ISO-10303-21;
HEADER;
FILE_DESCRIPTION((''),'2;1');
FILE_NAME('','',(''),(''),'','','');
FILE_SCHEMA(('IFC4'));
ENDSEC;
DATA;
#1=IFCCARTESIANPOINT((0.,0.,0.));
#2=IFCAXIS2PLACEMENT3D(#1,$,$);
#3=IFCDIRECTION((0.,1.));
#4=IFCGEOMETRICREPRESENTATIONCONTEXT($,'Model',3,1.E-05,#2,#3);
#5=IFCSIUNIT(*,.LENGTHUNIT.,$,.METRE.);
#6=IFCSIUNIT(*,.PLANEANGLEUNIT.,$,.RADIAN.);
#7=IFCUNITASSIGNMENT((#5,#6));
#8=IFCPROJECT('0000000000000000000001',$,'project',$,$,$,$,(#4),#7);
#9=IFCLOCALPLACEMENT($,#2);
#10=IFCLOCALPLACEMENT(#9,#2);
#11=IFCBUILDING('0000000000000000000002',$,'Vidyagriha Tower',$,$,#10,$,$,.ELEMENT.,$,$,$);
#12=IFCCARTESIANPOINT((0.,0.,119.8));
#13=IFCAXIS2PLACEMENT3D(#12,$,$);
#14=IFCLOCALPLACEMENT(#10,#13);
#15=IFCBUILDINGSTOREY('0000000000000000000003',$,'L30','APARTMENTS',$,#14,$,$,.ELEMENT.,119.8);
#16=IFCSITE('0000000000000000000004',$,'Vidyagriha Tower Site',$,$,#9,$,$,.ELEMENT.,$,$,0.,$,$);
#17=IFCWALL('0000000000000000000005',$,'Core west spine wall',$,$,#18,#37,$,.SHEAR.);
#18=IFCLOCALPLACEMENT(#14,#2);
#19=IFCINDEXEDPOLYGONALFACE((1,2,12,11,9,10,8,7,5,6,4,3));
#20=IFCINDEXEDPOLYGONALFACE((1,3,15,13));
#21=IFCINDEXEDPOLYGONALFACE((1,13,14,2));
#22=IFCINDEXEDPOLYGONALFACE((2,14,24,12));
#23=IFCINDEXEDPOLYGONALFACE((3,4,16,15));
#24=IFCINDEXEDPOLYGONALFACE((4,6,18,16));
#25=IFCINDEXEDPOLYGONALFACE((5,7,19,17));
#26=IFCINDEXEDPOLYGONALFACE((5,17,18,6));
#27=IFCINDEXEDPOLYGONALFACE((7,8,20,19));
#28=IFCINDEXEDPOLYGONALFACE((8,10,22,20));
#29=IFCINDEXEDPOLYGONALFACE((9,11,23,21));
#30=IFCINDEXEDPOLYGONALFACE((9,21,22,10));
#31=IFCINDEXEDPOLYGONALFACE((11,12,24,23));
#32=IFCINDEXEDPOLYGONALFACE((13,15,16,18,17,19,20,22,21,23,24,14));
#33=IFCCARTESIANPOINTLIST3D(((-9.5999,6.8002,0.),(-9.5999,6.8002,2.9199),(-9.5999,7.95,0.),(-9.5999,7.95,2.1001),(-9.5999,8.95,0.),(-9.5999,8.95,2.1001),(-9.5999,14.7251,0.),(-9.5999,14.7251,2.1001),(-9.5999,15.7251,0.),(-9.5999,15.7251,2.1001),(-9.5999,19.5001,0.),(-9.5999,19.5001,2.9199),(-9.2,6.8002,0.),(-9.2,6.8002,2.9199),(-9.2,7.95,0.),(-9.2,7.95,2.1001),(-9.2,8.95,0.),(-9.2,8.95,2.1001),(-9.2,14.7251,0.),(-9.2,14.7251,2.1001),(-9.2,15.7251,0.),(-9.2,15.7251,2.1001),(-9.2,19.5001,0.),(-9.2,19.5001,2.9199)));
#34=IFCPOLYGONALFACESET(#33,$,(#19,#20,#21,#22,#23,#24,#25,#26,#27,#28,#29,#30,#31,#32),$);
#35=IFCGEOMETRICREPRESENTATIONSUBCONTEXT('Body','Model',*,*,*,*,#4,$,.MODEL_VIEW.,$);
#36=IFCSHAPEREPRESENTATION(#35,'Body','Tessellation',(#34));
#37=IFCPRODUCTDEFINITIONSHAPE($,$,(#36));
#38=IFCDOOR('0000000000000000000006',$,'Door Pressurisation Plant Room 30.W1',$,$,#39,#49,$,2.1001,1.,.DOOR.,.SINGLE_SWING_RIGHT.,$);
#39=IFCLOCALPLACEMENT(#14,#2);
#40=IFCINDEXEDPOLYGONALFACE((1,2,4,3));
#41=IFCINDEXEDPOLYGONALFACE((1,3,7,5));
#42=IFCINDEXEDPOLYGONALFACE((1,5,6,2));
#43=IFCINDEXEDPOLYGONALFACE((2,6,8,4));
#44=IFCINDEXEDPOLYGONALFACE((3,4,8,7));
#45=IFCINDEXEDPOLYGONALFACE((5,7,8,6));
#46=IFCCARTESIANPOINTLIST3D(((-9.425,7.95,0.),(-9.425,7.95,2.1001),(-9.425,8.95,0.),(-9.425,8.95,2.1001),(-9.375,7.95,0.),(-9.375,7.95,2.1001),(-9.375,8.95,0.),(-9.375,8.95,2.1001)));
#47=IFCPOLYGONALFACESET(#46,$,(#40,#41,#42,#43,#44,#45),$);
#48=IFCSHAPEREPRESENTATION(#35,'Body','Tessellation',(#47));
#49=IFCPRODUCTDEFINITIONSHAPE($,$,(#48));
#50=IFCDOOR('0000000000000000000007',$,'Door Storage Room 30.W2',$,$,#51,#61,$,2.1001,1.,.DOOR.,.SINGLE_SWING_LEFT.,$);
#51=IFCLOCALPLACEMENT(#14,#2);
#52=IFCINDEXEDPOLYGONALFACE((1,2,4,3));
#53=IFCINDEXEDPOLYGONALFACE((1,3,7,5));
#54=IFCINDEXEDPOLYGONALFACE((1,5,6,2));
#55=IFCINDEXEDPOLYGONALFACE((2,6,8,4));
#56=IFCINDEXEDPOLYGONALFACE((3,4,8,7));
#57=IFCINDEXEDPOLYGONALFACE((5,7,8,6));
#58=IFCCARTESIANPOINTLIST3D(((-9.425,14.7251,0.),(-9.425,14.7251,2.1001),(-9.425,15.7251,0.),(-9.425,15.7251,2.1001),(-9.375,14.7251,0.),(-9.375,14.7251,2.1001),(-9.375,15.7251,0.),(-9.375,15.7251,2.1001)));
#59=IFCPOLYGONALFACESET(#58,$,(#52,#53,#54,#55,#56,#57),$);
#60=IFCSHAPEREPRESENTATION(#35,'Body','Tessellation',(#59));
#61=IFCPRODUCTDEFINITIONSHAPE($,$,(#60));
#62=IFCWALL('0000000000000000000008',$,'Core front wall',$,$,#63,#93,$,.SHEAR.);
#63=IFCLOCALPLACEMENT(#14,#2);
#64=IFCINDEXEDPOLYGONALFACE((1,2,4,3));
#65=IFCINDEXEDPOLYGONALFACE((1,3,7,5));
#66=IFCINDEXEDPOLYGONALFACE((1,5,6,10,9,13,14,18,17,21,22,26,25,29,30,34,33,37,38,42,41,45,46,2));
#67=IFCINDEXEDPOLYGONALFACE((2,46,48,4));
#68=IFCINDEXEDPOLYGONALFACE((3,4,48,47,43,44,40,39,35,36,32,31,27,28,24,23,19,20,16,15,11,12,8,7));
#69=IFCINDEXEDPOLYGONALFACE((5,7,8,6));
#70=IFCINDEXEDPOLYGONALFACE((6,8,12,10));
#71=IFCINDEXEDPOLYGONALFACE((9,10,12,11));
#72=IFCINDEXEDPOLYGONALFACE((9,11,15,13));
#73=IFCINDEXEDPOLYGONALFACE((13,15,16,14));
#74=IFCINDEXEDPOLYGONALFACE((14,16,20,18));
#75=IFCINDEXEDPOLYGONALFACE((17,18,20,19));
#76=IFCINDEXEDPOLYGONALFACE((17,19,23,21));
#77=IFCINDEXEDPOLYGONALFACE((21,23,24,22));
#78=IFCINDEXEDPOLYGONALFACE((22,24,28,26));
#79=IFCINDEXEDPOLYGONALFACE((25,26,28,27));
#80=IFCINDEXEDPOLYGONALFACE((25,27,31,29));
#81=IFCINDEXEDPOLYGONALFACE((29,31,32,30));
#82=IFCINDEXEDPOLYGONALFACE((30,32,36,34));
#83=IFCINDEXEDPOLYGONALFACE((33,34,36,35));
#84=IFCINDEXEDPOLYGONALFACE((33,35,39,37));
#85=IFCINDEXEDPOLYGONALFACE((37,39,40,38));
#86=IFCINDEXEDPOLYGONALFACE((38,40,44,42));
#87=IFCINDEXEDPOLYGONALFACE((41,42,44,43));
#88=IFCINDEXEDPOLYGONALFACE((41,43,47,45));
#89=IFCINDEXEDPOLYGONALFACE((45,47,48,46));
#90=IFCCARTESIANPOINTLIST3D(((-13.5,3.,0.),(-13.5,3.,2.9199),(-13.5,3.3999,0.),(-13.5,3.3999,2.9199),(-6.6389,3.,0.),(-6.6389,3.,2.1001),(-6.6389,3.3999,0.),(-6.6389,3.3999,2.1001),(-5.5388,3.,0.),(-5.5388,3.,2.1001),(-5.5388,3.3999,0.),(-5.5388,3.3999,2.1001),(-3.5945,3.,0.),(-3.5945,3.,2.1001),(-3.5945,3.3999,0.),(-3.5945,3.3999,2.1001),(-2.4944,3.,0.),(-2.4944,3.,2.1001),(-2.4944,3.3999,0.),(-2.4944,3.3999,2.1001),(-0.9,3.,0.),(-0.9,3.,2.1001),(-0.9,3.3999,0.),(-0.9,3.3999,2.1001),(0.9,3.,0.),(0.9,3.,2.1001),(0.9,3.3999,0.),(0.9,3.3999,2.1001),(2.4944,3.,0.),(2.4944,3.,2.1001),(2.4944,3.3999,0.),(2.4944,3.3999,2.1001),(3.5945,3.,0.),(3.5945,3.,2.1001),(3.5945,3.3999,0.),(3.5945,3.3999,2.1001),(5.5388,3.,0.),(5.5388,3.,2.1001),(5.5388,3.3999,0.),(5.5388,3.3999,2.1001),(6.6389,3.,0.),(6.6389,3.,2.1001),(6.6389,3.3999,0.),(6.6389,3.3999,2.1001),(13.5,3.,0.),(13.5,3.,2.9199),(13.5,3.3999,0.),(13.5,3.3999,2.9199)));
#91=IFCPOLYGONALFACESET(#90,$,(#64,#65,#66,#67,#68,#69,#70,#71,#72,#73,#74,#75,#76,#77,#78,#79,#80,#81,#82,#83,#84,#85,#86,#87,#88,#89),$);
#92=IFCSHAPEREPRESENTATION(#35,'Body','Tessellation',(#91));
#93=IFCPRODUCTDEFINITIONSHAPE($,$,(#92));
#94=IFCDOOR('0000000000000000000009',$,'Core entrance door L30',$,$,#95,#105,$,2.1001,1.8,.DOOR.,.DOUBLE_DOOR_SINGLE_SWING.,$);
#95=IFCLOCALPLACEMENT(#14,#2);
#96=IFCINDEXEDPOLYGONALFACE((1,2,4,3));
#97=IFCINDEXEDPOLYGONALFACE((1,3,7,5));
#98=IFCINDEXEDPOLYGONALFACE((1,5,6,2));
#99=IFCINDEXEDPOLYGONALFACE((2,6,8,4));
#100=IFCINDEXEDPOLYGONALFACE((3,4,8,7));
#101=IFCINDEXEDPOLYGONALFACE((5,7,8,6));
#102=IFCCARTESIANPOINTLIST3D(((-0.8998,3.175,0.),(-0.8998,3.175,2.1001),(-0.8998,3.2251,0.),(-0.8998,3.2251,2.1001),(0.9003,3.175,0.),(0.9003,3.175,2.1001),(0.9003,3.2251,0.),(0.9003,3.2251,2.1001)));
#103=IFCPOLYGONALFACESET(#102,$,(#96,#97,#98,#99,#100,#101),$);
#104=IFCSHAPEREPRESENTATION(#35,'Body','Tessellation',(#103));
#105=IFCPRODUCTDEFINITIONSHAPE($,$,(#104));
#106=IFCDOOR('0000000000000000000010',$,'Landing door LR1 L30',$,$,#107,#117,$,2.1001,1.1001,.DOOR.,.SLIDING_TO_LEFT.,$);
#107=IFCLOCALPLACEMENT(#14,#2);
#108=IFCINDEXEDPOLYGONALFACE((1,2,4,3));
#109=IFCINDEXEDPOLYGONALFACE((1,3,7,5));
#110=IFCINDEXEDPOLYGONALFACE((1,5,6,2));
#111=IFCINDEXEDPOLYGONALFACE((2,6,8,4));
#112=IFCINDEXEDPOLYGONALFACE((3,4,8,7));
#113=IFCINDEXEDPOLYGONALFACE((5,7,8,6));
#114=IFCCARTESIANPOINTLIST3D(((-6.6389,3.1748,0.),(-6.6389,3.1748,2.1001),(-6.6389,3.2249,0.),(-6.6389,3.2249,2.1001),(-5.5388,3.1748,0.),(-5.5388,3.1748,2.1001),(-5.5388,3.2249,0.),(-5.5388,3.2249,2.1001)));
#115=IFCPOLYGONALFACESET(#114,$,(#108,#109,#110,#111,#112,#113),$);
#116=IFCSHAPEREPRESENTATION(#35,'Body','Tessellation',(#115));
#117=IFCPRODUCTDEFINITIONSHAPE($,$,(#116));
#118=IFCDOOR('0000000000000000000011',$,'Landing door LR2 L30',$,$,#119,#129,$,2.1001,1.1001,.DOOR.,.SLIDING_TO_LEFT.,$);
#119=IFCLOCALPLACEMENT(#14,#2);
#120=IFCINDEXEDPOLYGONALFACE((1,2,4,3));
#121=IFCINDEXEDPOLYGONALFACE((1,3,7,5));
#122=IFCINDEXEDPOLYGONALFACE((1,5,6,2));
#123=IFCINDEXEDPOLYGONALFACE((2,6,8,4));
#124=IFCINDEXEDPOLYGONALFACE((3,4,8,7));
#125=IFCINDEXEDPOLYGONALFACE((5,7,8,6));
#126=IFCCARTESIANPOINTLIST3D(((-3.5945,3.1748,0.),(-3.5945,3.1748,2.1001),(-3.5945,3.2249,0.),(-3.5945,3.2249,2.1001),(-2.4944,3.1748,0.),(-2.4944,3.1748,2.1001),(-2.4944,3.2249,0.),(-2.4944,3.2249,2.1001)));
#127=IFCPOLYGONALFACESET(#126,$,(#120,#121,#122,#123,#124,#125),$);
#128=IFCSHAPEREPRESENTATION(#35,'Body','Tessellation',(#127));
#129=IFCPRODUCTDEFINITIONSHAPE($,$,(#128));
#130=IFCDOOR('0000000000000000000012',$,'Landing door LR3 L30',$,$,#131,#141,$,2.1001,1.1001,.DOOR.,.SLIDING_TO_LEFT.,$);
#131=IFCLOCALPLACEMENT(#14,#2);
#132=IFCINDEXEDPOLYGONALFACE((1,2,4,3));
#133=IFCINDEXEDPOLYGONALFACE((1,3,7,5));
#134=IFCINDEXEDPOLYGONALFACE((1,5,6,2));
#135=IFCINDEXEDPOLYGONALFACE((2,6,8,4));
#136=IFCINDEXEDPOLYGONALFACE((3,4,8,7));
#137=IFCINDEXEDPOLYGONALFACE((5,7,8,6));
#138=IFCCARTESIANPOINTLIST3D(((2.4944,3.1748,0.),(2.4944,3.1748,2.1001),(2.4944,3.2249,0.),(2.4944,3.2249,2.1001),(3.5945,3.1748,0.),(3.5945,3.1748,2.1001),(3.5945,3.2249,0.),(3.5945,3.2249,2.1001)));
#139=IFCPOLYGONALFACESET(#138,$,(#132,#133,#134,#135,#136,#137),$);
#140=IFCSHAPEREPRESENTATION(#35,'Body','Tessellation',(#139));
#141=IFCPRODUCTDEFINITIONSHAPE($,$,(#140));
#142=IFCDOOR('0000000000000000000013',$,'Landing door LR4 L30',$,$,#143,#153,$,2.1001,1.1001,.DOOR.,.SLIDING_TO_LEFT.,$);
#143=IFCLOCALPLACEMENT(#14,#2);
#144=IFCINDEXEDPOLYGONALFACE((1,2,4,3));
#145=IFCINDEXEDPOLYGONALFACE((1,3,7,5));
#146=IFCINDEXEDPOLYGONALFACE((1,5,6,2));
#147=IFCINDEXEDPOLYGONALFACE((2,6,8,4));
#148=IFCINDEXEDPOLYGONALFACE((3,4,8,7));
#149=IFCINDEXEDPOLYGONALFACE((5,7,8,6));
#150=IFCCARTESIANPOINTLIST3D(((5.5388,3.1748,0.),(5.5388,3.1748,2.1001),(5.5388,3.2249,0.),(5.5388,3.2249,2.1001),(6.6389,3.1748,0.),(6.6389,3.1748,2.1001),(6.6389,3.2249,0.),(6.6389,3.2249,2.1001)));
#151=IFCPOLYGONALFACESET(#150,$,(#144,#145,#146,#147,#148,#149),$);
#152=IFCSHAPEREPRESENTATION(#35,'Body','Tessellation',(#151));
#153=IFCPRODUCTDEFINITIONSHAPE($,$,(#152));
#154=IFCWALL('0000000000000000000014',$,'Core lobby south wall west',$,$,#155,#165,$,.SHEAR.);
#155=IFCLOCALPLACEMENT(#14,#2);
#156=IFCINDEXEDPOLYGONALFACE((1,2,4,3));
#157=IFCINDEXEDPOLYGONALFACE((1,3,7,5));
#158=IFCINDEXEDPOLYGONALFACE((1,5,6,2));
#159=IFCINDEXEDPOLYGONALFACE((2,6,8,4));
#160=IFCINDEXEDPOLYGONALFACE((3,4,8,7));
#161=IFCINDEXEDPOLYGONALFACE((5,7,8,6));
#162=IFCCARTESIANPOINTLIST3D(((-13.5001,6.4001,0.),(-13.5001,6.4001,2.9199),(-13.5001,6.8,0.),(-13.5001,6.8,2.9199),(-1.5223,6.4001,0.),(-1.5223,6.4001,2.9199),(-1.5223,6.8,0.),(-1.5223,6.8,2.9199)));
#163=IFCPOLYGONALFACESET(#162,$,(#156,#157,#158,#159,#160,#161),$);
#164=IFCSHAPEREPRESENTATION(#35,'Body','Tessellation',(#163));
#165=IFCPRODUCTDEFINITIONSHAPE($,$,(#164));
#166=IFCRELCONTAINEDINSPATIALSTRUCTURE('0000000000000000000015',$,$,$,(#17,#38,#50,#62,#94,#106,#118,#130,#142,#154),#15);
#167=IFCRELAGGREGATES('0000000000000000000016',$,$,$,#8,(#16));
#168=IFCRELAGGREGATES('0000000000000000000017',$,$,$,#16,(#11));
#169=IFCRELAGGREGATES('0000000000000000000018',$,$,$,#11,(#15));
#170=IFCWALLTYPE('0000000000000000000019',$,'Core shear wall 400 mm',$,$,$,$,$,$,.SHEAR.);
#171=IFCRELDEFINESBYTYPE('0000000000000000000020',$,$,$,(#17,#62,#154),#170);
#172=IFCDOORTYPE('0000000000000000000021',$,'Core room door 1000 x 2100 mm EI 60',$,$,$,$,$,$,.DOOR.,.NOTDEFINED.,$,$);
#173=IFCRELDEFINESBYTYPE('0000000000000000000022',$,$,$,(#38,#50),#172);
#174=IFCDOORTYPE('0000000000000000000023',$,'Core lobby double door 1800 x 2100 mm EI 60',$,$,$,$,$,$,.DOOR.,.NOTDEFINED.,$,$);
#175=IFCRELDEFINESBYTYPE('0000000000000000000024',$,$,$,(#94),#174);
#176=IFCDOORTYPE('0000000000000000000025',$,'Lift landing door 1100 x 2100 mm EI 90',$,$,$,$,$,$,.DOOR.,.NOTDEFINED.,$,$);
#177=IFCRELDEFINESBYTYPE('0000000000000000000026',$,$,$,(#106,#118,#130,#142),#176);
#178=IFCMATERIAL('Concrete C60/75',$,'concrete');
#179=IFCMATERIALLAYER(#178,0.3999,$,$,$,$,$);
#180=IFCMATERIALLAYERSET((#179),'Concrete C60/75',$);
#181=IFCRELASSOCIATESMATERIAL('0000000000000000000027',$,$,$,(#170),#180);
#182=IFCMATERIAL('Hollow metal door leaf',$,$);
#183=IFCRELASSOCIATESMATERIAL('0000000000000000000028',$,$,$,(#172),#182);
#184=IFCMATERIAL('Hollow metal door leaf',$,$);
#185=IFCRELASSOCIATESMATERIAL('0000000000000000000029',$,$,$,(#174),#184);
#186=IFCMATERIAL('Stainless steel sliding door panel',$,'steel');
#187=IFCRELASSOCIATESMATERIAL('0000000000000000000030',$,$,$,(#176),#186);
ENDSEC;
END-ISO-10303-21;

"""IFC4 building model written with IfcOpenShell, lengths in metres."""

from ifc_helpers import new_model, si_unit, direction, frame, frame_2d, origin, place, context, subcontext, project, spatial, rectangle, extrude, material, layer, layer_set, type_object, element, fill, save


model = new_model("IFC4")

# Units and contexts
model_context = context("Model", 3, precision=1e-05, world=origin(), true_north=direction((0.0, 1.0)))
body_context = subcontext(model_context, "Body", "Model", "MODEL_VIEW")
ifc_project = project(units=[si_unit("LENGTHUNIT", "METRE"), si_unit("PLANEANGLEUNIT", "RADIAN")], contexts=[model_context])

# Site, building, storey
site_placement = place(None, origin())
site = spatial("IfcSite", under=ifc_project, at=site_placement, Name="Vidyagriha Tower Site", CompositionType="ELEMENT", RefElevation=0.0)
building_placement = place(site_placement, origin())
building = spatial("IfcBuilding", under=site, at=building_placement, Name="Vidyagriha Tower", CompositionType="ELEMENT")
storey_placement = place(building_placement, frame((0.0, 0.0, 119.8)))
storey = spatial("IfcBuildingStorey", under=building, at=storey_placement, Name="L30", Description="APARTMENTS", CompositionType="ELEMENT", Elevation=119.8)

# Walls, openings, doors
ifc_material_1 = material(Name="Concrete C60/75", Category="concrete")
ifc_layer_1 = layer(ifc_material_1, 0.3999)
ifc_layer_set_1 = layer_set([ifc_layer_1], Name="Concrete C60/75")
wall_type_1 = type_object("IfcWallType", Name="Core shear wall 400 mm", PredefinedType="SHEAR", material=ifc_layer_set_1)
wall_1_placement = place(storey_placement, frame((-9.3999, 6.8, 0.0), z_axis=(0.0, 0.0, 1.0), x_axis=(0.0, 1.0, 0.0)))
wall_1 = element("IfcWall", 1, at=wall_1_placement, inside=storey, type_object=wall_type_1, Name="Core west spine wall", PredefinedType="SHEAR", context=body_context, shape_type="SweptSolid", body=[
    extrude(rectangle(XDim=12.7, YDim=0.3999, at=frame_2d((6.3501, 0.0))), origin(), (0.0, 0.0, 1.0), 2.9199),
])
opening_1_placement = place(wall_1_placement, frame((1.1499, 0.0, 0.0)))
opening_1 = element("IfcOpeningElement", 2, at=opening_1_placement, cuts=wall_1, PredefinedType="OPENING", context=body_context, shape_type="SweptSolid", body=[
    extrude(rectangle(XDim=1.0, YDim=2.1001, at=frame_2d((0.5, 1.05))), frame((0.0, 0.21, 0.0), z_axis=(0.0, -1.0, 0.0), x_axis=(1.0, 0.0, 0.0)), (0.0, 0.0, 1.0), 0.4199),
])
opening_2_placement = place(wall_1_placement, frame((7.925, 0.0, 0.0)))
opening_2 = element("IfcOpeningElement", 3, at=opening_2_placement, cuts=wall_1, PredefinedType="OPENING", context=body_context, shape_type="SweptSolid", body=[
    extrude(rectangle(XDim=1.0, YDim=2.1001, at=frame_2d((0.5, 1.05))), frame((0.0, 0.21, 0.0), z_axis=(0.0, -1.0, 0.0), x_axis=(1.0, 0.0, 0.0)), (0.0, 0.0, 1.0), 0.4199),
])
ifc_material_2 = material(Name="Hollow metal door leaf")
door_type_1 = type_object("IfcDoorType", Name="Core room door 1000 x 2100 mm EI 60", OperationType="NOTDEFINED", PredefinedType="DOOR", material=ifc_material_2)
door_1_placement = place(opening_1_placement, frame((1.0, 0.0, 0.0), z_axis=(0.0, 0.0, 1.0), x_axis=(-1.0, 0.0, 0.0)))
door_1 = element("IfcDoor", 4, at=door_1_placement, inside=storey, type_object=door_type_1, Name="Door Pressurisation Plant Room 30.W1", OperationType="SINGLE_SWING_RIGHT", OverallHeight=2.1001, OverallWidth=1.0, PredefinedType="DOOR", context=body_context, shape_type="SweptSolid", body=[
    extrude(rectangle(XDim=1.0, YDim=2.1001, at=frame_2d((0.5, 1.05))), frame((0.0, 0.0249, 0.0), z_axis=(0.0, -1.0, 0.0), x_axis=(1.0, 0.0, 0.0)), (0.0, 0.0, 1.0), 0.05),
])
fill(opening_1, door_1)
door_2_placement = place(opening_2_placement, frame((1.0, 0.0, 0.0), z_axis=(0.0, 0.0, 1.0), x_axis=(-1.0, 0.0, 0.0)))
door_2 = element("IfcDoor", 5, at=door_2_placement, inside=storey, type_object=door_type_1, Name="Door Storage Room 30.W2", OperationType="SINGLE_SWING_LEFT", OverallHeight=2.1001, OverallWidth=1.0, PredefinedType="DOOR", context=body_context, shape_type="SweptSolid", body=[
    extrude(rectangle(XDim=1.0, YDim=2.1001, at=frame_2d((0.5, 1.05))), frame((0.0, 0.0249, 0.0), z_axis=(0.0, -1.0, 0.0), x_axis=(1.0, 0.0, 0.0)), (0.0, 0.0, 1.0), 0.05),
])
fill(opening_2, door_2)
wall_2_placement = place(storey_placement, frame((-13.5, 3.2, 0.0)))
wall_2 = element("IfcWall", 6, at=wall_2_placement, inside=storey, type_object=wall_type_1, Name="Core front wall", PredefinedType="SHEAR", context=body_context, shape_type="SweptSolid", body=[
    extrude(rectangle(XDim=27.0, YDim=0.3999, at=frame_2d((13.5, 0.0))), origin(), (0.0, 0.0, 1.0), 2.9199),
])
opening_3_placement = place(wall_2_placement, frame((6.8611, 0.0, 0.0)))
opening_3 = element("IfcOpeningElement", 7, at=opening_3_placement, cuts=wall_2, PredefinedType="OPENING", context=body_context, shape_type="SweptSolid", body=[
    extrude(rectangle(XDim=1.1001, YDim=2.1001, at=frame_2d((0.55, 1.05))), frame((0.0, 0.21, 0.0), z_axis=(0.0, -1.0, 0.0), x_axis=(1.0, 0.0, 0.0)), (0.0, 0.0, 1.0), 0.4199),
])
opening_4_placement = place(wall_2_placement, frame((9.9055, 0.0, 0.0)))
opening_4 = element("IfcOpeningElement", 8, at=opening_4_placement, cuts=wall_2, PredefinedType="OPENING", context=body_context, shape_type="SweptSolid", body=[
    extrude(rectangle(XDim=1.1001, YDim=2.1001, at=frame_2d((0.55, 1.05))), frame((0.0, 0.21, 0.0), z_axis=(0.0, -1.0, 0.0), x_axis=(1.0, 0.0, 0.0)), (0.0, 0.0, 1.0), 0.4199),
])
opening_5_placement = place(wall_2_placement, frame((15.9944, 0.0, 0.0)))
opening_5 = element("IfcOpeningElement", 9, at=opening_5_placement, cuts=wall_2, PredefinedType="OPENING", context=body_context, shape_type="SweptSolid", body=[
    extrude(rectangle(XDim=1.1001, YDim=2.1001, at=frame_2d((0.55, 1.05))), frame((0.0, 0.21, 0.0), z_axis=(0.0, -1.0, 0.0), x_axis=(1.0, 0.0, 0.0)), (0.0, 0.0, 1.0), 0.4199),
])
opening_6_placement = place(wall_2_placement, frame((19.0388, 0.0, 0.0)))
opening_6 = element("IfcOpeningElement", 10, at=opening_6_placement, cuts=wall_2, PredefinedType="OPENING", context=body_context, shape_type="SweptSolid", body=[
    extrude(rectangle(XDim=1.1001, YDim=2.1001, at=frame_2d((0.55, 1.05))), frame((0.0, 0.21, 0.0), z_axis=(0.0, -1.0, 0.0), x_axis=(1.0, 0.0, 0.0)), (0.0, 0.0, 1.0), 0.4199),
])
opening_7_placement = place(wall_2_placement, frame((12.6001, 0.0, 0.0)))
opening_7 = element("IfcOpeningElement", 11, at=opening_7_placement, cuts=wall_2, PredefinedType="OPENING", context=body_context, shape_type="SweptSolid", body=[
    extrude(rectangle(XDim=1.8, YDim=2.1001, at=frame_2d((0.8999, 1.05))), frame((0.0, 0.21, 0.0), z_axis=(0.0, -1.0, 0.0), x_axis=(1.0, 0.0, 0.0)), (0.0, 0.0, 1.0), 0.4199),
])
ifc_material_3 = material(Name="Hollow metal door leaf")
door_type_2 = type_object("IfcDoorType", Name="Core lobby double door 1800 x 2100 mm EI 60", OperationType="NOTDEFINED", PredefinedType="DOOR", material=ifc_material_3)
door_3_placement = place(opening_7_placement, frame((1.8, 0.0, 0.0), z_axis=(0.0, 0.0, 1.0), x_axis=(-1.0, 0.0, 0.0)))
door_3 = element("IfcDoor", 12, at=door_3_placement, inside=storey, type_object=door_type_2, Name="Core entrance door L30", OperationType="DOUBLE_DOOR_SINGLE_SWING", OverallHeight=2.1001, OverallWidth=1.8, PredefinedType="DOOR", context=body_context, shape_type="SweptSolid", body=[
    extrude(rectangle(XDim=1.8, YDim=2.1001, at=frame_2d((0.8999, 1.05))), frame((0.0, 0.0249, 0.0), z_axis=(0.0, -1.0, 0.0), x_axis=(1.0, 0.0, 0.0)), (0.0, 0.0, 1.0), 0.05),
])
fill(opening_7, door_3)
ifc_material_4 = material(Name="Stainless steel sliding door panel", Category="steel")
door_type_3 = type_object("IfcDoorType", Name="Lift landing door 1100 x 2100 mm EI 90", OperationType="NOTDEFINED", PredefinedType="DOOR", material=ifc_material_4)
door_4_placement = place(opening_3_placement, origin())
door_4 = element("IfcDoor", 13, at=door_4_placement, inside=storey, type_object=door_type_3, Name="Landing door LR1 L30", OperationType="SLIDING_TO_LEFT", OverallHeight=2.1001, OverallWidth=1.1001, PredefinedType="DOOR", context=body_context, shape_type="SweptSolid", body=[
    extrude(rectangle(XDim=1.1001, YDim=2.1001, at=frame_2d((0.55, 1.05))), frame((0.0, 0.0249, 0.0), z_axis=(0.0, -1.0, 0.0), x_axis=(1.0, 0.0, 0.0)), (0.0, 0.0, 1.0), 0.05),
])
fill(opening_3, door_4)
door_5_placement = place(opening_4_placement, origin())
door_5 = element("IfcDoor", 14, at=door_5_placement, inside=storey, type_object=door_type_3, Name="Landing door LR2 L30", OperationType="SLIDING_TO_LEFT", OverallHeight=2.1001, OverallWidth=1.1001, PredefinedType="DOOR", context=body_context, shape_type="SweptSolid", body=[
    extrude(rectangle(XDim=1.1001, YDim=2.1001, at=frame_2d((0.55, 1.05))), frame((0.0, 0.0249, 0.0), z_axis=(0.0, -1.0, 0.0), x_axis=(1.0, 0.0, 0.0)), (0.0, 0.0, 1.0), 0.05),
])
fill(opening_4, door_5)
door_6_placement = place(opening_5_placement, origin())
door_6 = element("IfcDoor", 15, at=door_6_placement, inside=storey, type_object=door_type_3, Name="Landing door LR3 L30", OperationType="SLIDING_TO_LEFT", OverallHeight=2.1001, OverallWidth=1.1001, PredefinedType="DOOR", context=body_context, shape_type="SweptSolid", body=[
    extrude(rectangle(XDim=1.1001, YDim=2.1001, at=frame_2d((0.55, 1.05))), frame((0.0, 0.0249, 0.0), z_axis=(0.0, -1.0, 0.0), x_axis=(1.0, 0.0, 0.0)), (0.0, 0.0, 1.0), 0.05),
])
fill(opening_5, door_6)
door_7_placement = place(opening_6_placement, origin())
door_7 = element("IfcDoor", 16, at=door_7_placement, inside=storey, type_object=door_type_3, Name="Landing door LR4 L30", OperationType="SLIDING_TO_LEFT", OverallHeight=2.1001, OverallWidth=1.1001, PredefinedType="DOOR", context=body_context, shape_type="SweptSolid", body=[
    extrude(rectangle(XDim=1.1001, YDim=2.1001, at=frame_2d((0.55, 1.05))), frame((0.0, 0.0249, 0.0), z_axis=(0.0, -1.0, 0.0), x_axis=(1.0, 0.0, 0.0)), (0.0, 0.0, 1.0), 0.05),
])
fill(opening_6, door_7)

# Wall
wall_3_placement = place(storey_placement, frame((-13.5, 6.6001, 0.0)))
element("IfcWall", 17, at=wall_3_placement, inside=storey, type_object=wall_type_1, Name="Core lobby south wall west", PredefinedType="SHEAR", context=body_context, shape_type="SweptSolid", body=[
    extrude(rectangle(XDim=11.9778, YDim=0.3999, at=frame_2d((5.9888, 0.0))), origin(), (0.0, 0.0, 1.0), 2.9199),
])

save(model, "model.ifc")
